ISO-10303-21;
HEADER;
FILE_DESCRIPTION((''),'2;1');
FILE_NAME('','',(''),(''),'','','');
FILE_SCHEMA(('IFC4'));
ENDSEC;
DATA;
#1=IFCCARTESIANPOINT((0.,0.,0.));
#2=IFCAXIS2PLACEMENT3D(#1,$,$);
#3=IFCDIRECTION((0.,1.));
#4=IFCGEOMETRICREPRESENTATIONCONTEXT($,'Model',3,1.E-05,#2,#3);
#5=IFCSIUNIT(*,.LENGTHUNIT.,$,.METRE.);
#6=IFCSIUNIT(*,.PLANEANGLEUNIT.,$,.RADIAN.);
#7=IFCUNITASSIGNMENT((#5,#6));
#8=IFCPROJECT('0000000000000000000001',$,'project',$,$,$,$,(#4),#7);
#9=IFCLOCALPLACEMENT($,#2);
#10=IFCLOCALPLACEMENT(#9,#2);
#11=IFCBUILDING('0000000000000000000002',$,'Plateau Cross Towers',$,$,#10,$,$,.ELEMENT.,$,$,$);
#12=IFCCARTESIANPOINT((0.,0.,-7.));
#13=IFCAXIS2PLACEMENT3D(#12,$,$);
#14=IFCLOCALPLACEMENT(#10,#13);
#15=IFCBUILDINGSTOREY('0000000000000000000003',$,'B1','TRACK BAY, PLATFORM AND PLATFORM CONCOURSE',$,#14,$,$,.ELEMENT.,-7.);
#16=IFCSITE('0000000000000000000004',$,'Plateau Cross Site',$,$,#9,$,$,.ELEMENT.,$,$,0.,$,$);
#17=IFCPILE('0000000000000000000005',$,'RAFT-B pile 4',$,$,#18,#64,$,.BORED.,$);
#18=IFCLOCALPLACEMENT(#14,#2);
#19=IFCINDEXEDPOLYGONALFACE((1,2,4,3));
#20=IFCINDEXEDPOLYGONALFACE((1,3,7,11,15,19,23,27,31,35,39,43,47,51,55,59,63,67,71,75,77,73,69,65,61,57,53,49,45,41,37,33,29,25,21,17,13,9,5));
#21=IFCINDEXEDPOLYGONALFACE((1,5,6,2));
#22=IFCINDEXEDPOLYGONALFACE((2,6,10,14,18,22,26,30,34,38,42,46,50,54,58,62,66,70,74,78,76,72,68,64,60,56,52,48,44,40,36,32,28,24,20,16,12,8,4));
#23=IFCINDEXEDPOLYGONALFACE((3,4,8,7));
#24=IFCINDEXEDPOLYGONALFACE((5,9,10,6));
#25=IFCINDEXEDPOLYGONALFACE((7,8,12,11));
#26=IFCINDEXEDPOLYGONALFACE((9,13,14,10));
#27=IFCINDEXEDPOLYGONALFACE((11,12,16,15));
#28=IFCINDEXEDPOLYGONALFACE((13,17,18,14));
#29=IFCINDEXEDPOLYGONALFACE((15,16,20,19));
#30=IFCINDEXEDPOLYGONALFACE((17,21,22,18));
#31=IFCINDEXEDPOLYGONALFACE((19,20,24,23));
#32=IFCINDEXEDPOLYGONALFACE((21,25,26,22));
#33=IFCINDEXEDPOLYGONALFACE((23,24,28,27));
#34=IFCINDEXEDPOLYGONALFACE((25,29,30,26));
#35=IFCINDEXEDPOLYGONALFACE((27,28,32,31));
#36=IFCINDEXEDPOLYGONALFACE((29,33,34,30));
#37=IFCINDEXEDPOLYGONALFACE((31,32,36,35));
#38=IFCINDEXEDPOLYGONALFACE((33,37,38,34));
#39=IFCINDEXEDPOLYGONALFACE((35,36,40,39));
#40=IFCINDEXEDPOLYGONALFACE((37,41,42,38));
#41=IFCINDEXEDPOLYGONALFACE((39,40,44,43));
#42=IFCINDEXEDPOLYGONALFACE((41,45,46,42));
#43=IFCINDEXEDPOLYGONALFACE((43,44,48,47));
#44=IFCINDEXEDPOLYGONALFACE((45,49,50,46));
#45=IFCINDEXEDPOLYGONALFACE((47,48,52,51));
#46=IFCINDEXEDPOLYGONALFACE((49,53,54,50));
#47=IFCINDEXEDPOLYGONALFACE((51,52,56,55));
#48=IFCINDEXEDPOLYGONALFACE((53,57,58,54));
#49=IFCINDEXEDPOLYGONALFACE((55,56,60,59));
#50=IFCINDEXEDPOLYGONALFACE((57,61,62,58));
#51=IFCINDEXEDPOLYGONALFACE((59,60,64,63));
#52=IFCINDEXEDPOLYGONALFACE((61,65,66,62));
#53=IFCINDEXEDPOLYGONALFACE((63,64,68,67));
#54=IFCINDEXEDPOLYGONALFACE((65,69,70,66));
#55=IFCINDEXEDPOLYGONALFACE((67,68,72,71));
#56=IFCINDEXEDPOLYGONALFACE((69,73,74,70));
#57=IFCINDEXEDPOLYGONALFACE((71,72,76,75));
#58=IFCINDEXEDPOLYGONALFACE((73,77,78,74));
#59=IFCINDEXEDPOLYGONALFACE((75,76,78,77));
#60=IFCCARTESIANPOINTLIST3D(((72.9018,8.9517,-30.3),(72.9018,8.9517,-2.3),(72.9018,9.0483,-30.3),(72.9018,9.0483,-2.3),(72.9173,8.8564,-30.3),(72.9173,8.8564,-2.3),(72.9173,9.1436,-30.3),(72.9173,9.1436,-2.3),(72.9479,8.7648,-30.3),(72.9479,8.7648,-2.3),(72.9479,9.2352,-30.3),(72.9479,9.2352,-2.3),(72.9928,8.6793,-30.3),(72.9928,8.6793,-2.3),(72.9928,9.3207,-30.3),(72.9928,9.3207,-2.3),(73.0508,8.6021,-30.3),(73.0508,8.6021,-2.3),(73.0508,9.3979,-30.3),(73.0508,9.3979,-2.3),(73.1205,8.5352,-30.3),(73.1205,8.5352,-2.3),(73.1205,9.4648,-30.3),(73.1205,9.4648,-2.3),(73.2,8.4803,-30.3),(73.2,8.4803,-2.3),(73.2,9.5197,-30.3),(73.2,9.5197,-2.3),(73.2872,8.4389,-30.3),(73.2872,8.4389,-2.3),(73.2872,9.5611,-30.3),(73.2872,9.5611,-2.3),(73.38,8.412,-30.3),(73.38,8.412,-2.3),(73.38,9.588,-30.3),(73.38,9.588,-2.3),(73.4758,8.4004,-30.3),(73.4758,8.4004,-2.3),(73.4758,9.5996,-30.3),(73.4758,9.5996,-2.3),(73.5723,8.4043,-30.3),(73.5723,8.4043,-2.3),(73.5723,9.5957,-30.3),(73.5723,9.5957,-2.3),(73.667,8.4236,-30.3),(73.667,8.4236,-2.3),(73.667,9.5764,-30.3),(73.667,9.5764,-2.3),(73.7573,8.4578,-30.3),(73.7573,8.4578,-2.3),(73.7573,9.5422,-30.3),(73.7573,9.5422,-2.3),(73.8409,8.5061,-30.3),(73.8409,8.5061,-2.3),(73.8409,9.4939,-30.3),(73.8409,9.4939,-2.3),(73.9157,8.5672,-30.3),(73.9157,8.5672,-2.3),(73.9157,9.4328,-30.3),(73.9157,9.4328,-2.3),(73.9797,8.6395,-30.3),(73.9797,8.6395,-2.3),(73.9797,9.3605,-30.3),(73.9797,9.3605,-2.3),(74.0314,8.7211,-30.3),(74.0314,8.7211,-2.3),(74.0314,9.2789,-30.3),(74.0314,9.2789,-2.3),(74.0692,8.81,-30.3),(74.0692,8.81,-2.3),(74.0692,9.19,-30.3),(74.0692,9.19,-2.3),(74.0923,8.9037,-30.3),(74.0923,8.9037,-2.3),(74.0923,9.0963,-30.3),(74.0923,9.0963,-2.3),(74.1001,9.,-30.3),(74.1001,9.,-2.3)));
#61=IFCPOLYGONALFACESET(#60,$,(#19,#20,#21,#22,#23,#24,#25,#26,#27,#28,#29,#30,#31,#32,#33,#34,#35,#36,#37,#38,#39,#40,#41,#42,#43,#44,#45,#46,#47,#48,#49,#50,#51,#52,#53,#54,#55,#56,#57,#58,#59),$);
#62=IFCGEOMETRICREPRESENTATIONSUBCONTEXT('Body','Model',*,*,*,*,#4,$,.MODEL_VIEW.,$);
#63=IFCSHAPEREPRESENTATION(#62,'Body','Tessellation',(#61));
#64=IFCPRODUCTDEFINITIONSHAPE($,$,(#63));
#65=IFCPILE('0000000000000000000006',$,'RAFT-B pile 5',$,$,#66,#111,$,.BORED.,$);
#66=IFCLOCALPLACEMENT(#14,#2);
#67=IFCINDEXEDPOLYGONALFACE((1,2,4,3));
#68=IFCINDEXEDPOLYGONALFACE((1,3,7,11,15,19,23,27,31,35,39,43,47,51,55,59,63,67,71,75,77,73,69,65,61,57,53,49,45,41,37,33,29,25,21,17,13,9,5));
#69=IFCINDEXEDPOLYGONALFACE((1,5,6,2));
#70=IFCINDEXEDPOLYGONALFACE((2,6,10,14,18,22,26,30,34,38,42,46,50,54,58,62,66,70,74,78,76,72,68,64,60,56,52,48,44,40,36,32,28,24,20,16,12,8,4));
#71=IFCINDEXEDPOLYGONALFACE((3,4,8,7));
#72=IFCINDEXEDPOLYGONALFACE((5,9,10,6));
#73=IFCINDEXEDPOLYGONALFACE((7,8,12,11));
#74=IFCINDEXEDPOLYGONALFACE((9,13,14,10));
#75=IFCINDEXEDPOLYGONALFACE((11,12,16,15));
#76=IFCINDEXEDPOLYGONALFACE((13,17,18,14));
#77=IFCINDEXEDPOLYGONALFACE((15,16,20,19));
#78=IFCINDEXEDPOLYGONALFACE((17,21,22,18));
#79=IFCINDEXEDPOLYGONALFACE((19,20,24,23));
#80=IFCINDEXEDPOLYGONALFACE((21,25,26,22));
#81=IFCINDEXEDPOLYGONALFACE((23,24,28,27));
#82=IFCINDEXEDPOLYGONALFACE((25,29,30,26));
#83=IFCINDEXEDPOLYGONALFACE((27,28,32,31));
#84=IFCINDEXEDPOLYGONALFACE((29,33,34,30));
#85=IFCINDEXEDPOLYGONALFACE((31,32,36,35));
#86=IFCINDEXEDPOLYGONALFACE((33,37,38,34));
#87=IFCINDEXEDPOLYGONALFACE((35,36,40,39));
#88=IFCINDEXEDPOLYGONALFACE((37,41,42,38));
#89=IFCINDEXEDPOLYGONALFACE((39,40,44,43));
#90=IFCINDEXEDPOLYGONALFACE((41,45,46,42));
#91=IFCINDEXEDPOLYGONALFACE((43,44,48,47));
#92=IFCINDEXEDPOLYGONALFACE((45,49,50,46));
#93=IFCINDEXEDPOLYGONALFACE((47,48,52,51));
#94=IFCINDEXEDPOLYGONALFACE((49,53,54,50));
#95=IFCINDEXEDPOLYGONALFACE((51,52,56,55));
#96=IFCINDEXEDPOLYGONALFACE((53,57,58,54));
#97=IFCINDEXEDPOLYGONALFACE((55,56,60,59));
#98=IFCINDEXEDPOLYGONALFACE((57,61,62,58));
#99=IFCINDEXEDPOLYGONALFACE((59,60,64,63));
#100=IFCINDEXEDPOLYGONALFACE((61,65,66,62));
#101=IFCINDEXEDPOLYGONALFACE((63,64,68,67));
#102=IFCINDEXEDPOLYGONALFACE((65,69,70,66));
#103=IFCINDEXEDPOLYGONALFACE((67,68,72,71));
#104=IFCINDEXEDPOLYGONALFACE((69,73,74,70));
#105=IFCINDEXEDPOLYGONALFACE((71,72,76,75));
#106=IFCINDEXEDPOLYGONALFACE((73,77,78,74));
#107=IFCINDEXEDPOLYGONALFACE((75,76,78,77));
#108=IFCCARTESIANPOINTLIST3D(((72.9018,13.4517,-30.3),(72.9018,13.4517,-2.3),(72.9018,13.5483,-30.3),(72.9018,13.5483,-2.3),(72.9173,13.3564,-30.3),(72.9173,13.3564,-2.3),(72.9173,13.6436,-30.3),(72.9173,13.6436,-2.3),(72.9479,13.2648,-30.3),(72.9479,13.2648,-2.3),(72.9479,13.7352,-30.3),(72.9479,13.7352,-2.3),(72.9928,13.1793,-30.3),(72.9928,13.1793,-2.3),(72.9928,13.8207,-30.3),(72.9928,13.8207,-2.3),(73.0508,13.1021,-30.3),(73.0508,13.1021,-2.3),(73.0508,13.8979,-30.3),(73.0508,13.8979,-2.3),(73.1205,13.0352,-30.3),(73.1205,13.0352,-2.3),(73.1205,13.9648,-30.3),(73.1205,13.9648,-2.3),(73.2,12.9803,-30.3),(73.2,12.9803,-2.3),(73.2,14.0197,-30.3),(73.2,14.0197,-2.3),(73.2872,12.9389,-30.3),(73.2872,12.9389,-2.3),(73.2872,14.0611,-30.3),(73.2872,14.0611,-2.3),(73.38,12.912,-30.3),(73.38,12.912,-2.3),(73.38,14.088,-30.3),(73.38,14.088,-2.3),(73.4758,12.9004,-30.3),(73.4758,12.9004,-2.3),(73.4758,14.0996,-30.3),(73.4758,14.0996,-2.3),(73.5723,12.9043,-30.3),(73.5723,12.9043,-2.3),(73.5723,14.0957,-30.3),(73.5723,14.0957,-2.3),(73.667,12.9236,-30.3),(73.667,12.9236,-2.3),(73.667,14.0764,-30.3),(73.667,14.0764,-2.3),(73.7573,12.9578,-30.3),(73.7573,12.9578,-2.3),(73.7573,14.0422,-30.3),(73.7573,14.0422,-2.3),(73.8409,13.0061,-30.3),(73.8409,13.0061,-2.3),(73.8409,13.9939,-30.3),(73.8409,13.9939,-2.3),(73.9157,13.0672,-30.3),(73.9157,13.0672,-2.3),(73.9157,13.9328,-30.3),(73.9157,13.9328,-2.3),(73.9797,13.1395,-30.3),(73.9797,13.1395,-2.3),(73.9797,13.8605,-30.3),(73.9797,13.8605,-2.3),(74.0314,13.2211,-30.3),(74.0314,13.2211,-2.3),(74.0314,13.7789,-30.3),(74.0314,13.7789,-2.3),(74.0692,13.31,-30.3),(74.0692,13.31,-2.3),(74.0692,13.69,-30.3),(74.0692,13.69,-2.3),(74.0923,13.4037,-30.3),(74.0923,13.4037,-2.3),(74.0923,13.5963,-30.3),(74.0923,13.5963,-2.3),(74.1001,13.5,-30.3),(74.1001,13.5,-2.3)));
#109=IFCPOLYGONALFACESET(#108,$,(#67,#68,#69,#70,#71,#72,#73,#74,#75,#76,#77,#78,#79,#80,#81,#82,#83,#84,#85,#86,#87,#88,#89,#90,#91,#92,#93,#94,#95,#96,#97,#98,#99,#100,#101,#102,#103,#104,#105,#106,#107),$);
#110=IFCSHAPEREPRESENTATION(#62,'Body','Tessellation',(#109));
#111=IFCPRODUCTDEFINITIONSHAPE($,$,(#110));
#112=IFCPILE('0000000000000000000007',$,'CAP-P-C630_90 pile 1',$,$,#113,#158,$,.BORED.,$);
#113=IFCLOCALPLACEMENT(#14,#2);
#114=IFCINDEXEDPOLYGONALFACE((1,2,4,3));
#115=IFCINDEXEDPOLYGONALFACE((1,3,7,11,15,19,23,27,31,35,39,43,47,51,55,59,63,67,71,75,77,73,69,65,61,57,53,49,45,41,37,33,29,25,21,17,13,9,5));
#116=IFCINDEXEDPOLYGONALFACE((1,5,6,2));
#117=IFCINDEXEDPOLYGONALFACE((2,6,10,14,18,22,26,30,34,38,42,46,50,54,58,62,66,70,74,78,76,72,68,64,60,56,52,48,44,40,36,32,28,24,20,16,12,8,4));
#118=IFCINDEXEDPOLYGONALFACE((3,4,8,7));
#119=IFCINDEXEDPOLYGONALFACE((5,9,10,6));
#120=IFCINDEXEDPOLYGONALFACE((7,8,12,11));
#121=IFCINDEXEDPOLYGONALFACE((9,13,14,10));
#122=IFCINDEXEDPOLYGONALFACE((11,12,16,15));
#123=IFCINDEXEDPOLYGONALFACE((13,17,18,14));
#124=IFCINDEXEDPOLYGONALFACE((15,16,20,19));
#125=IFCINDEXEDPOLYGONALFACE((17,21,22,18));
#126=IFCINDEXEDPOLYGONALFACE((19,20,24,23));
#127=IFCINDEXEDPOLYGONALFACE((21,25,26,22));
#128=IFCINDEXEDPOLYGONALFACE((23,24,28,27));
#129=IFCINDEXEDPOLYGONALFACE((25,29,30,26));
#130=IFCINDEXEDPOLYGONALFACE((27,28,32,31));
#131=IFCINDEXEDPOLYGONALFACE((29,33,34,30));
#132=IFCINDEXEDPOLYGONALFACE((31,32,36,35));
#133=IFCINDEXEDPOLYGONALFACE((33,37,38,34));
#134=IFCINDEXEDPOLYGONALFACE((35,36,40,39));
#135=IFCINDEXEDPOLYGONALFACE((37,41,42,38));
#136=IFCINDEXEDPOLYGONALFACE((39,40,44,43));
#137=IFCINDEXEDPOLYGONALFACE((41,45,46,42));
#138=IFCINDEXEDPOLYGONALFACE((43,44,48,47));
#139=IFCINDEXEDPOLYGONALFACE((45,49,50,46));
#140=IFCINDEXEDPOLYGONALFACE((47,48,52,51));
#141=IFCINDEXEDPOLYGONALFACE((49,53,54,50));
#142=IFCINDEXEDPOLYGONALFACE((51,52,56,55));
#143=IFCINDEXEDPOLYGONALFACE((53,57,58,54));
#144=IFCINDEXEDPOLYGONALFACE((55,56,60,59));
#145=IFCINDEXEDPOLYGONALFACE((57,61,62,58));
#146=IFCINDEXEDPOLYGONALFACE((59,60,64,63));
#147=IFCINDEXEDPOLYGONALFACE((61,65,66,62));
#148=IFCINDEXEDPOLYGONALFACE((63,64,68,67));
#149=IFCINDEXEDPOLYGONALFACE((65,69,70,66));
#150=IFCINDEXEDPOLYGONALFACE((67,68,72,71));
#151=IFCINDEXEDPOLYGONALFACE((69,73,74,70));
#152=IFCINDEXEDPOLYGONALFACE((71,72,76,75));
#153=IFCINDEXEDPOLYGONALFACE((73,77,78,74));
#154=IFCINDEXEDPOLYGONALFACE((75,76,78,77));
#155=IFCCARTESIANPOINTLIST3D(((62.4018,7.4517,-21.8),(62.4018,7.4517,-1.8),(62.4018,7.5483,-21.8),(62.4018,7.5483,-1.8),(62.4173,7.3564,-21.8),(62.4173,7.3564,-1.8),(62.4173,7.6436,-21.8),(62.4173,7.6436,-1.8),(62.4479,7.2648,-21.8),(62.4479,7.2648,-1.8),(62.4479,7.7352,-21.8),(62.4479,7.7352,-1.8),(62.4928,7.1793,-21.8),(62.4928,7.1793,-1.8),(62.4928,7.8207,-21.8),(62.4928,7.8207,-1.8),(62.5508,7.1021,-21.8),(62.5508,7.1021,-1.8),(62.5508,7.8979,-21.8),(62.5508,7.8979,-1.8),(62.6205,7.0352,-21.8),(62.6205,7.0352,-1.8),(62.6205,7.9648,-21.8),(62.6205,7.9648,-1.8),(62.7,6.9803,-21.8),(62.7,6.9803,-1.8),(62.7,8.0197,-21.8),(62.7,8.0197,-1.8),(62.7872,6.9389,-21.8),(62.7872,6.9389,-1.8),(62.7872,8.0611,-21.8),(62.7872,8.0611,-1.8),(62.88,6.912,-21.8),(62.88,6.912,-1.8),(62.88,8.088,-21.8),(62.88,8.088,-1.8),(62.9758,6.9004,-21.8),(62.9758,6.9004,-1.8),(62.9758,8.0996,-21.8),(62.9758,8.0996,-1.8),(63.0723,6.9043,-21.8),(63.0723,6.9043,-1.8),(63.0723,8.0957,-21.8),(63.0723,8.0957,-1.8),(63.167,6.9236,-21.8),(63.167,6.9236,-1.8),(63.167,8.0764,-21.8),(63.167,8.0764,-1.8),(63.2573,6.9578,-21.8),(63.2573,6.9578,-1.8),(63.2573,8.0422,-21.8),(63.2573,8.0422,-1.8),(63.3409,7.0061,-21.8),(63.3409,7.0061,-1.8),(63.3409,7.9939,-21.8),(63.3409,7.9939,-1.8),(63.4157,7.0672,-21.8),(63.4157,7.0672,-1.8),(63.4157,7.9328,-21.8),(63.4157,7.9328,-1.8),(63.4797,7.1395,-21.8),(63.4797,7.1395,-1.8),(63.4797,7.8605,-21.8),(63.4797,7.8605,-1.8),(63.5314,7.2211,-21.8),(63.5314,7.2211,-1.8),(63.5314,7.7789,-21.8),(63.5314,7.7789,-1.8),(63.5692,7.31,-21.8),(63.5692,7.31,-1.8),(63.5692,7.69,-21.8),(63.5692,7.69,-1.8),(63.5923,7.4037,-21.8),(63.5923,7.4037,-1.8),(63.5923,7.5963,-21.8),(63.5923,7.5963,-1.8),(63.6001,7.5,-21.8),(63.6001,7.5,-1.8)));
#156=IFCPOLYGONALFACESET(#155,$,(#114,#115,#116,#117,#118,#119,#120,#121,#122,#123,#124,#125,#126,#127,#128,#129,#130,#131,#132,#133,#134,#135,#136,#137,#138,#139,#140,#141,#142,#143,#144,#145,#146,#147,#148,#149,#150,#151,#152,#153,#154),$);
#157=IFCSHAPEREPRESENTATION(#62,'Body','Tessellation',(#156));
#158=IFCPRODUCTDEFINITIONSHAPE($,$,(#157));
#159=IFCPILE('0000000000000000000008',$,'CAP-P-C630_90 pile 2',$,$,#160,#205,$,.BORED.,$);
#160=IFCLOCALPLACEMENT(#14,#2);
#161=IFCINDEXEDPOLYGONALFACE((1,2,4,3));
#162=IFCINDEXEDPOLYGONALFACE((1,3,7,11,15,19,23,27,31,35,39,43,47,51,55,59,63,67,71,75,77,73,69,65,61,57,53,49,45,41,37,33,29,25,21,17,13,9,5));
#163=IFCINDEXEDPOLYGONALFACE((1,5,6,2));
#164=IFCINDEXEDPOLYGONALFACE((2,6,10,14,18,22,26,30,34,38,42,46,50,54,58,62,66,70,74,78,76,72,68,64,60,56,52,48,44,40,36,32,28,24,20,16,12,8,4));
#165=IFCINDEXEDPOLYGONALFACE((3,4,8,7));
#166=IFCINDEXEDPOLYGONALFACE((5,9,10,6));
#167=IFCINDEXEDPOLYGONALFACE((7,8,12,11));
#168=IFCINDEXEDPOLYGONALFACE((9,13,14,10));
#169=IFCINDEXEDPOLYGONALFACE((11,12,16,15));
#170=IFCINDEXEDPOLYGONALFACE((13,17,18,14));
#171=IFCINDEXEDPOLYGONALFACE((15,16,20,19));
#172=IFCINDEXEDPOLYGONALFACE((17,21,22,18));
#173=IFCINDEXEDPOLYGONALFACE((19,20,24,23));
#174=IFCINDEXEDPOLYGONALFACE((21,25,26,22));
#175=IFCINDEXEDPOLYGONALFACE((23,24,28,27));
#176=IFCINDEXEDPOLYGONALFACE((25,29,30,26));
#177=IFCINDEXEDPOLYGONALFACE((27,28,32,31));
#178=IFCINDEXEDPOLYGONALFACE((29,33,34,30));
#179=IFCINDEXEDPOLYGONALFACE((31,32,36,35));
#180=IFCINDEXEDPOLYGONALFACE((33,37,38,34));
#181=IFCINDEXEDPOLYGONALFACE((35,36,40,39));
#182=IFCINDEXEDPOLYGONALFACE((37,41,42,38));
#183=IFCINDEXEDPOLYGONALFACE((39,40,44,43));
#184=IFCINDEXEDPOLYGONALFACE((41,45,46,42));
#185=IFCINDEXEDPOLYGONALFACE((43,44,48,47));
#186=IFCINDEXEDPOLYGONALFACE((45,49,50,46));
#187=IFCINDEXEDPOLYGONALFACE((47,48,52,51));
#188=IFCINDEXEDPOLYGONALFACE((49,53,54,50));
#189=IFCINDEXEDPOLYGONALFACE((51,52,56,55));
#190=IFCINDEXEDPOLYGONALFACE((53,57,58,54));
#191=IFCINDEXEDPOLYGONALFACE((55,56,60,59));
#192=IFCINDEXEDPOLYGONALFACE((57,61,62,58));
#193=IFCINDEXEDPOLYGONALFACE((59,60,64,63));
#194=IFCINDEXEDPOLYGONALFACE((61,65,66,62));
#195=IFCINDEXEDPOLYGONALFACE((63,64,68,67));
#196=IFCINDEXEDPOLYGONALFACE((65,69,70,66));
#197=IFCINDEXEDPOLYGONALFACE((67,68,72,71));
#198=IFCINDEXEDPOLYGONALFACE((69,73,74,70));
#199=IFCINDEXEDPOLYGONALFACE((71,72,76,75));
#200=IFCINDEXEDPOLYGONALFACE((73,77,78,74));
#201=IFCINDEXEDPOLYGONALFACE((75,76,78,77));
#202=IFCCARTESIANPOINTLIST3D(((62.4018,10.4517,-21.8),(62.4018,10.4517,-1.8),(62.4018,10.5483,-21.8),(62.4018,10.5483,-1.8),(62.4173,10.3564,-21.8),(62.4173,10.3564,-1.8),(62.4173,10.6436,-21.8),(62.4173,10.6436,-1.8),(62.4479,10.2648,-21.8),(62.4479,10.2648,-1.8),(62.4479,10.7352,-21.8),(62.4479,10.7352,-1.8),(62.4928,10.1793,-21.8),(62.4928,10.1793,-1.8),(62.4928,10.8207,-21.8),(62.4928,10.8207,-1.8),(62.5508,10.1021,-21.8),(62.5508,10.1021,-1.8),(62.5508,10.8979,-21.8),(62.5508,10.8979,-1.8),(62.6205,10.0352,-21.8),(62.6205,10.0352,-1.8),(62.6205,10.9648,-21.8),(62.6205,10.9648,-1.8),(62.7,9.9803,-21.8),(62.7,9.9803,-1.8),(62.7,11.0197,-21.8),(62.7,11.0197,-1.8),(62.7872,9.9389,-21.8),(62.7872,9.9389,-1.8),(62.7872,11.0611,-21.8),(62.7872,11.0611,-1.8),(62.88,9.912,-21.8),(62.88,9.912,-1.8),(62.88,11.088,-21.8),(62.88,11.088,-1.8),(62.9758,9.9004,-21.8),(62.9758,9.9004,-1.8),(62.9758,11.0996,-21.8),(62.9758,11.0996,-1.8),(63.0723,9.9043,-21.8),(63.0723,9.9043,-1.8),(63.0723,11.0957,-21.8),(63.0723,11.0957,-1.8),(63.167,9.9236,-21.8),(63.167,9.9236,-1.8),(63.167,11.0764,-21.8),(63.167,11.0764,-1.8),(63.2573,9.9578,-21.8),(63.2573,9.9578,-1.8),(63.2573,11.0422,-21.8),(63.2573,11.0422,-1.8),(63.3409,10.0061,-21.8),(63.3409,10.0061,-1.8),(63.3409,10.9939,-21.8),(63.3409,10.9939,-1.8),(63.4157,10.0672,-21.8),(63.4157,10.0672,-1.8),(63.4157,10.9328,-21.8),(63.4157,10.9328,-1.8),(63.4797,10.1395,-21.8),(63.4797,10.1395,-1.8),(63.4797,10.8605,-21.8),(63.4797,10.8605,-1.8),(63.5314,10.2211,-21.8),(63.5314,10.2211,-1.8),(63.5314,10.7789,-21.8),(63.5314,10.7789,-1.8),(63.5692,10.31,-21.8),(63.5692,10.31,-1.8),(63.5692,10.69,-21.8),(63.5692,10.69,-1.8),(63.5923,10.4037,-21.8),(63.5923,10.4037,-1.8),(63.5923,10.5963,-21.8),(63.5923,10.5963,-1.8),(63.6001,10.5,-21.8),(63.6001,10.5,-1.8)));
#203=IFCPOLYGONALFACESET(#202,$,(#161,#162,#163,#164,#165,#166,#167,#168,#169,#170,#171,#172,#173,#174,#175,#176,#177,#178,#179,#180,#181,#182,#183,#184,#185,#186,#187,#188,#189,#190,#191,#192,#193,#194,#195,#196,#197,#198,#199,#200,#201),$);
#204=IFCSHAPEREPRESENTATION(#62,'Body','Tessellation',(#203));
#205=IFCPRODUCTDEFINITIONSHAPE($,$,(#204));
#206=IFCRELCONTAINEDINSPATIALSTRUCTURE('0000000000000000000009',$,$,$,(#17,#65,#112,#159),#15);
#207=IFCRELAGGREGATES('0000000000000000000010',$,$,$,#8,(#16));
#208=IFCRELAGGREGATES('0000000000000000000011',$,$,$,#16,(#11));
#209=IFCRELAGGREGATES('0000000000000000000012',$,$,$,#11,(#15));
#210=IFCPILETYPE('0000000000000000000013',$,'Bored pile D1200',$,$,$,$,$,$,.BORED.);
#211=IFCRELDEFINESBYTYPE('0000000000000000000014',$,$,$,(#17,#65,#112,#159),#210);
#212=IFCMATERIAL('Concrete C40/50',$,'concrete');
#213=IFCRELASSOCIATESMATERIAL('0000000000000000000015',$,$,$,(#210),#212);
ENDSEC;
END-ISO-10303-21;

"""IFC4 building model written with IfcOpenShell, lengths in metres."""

from ifc_helpers import new_model, si_unit, direction, frame, origin, origin_2d, place, context, subcontext, project, spatial, circle, extrude, material, material_profile, profile_set, type_object, element, save


model = new_model("IFC4")

# Units and contexts
model_context = context("Model", 3, precision=1e-05, world=origin(), true_north=direction((0.0, 1.0)))
body_context = subcontext(model_context, "Body", "Model", "MODEL_VIEW")
ifc_project = project(units=[si_unit("LENGTHUNIT", "METRE"), si_unit("PLANEANGLEUNIT", "RADIAN")], contexts=[model_context])

# Site, building, storey
site_placement = place(None, origin())
site = spatial("IfcSite", under=ifc_project, at=site_placement, Name="Plateau Cross Site", CompositionType="ELEMENT", RefElevation=0.0)
building_placement = place(site_placement, origin())
building = spatial("IfcBuilding", under=site, at=building_placement, Name="Plateau Cross Towers", CompositionType="ELEMENT")
storey_placement = place(building_placement, frame((0.0, 0.0, -7.0)))
storey = spatial("IfcBuildingStorey", under=building, at=storey_placement, Name="B1", Description="TRACK BAY, PLATFORM AND PLATFORM CONCOURSE", CompositionType="ELEMENT", Elevation=-7.0)

# Piles
ifc_material_1 = material(Name="Concrete C40/50", Category="concrete")
ifc_material_profile_1 = material_profile(ifc_material_1, circle(Radius=0.6001, at=origin_2d()), Name="Bored pile D1200")
ifc_profile_set_1 = profile_set([ifc_material_profile_1], Name="Concrete C40/50")
pile_type = type_object("IfcPileType", Name="Bored pile D1200", PredefinedType="BORED", material=ifc_profile_set_1)
for number, where, z_axis, x_axis, name in (
    (1, (73.5, 9.0, -2.3), (0.0, 0.0, -1.0), (1.0, 0.0, 0.0), "RAFT-B pile 4"),
    (2, (73.5, 13.5, -2.3), (0.0, 0.0, -1.0), (1.0, 0.0, 0.0), "RAFT-B pile 5"),
):
    element("IfcPile", number, at=place(storey_placement, frame(where, z_axis=z_axis, x_axis=x_axis)), inside=storey, type_object=pile_type, Name=name, PredefinedType="BORED", context=body_context, shape_type="SweptSolid", body=[
        extrude(circle(Radius=0.6001, at=origin_2d()), origin(), (0.0, 0.0, 1.0), 28.0),
    ])
for number, where, z_axis, x_axis, name in (
    (3, (63.0, 7.5, -1.8), (0.0, 0.0, -1.0), (1.0, 0.0, 0.0), "CAP-P-C630_90 pile 1"),
    (4, (63.0, 10.5, -1.8), (0.0, 0.0, -1.0), (1.0, 0.0, 0.0), "CAP-P-C630_90 pile 2"),
):
    element("IfcPile", number, at=place(storey_placement, frame(where, z_axis=z_axis, x_axis=x_axis)), inside=storey, type_object=pile_type, Name=name, PredefinedType="BORED", context=body_context, shape_type="SweptSolid", body=[
        extrude(circle(Radius=0.6001, at=origin_2d()), origin(), (0.0, 0.0, 1.0), 20.0),
    ])

save(model, "model.ifc")
